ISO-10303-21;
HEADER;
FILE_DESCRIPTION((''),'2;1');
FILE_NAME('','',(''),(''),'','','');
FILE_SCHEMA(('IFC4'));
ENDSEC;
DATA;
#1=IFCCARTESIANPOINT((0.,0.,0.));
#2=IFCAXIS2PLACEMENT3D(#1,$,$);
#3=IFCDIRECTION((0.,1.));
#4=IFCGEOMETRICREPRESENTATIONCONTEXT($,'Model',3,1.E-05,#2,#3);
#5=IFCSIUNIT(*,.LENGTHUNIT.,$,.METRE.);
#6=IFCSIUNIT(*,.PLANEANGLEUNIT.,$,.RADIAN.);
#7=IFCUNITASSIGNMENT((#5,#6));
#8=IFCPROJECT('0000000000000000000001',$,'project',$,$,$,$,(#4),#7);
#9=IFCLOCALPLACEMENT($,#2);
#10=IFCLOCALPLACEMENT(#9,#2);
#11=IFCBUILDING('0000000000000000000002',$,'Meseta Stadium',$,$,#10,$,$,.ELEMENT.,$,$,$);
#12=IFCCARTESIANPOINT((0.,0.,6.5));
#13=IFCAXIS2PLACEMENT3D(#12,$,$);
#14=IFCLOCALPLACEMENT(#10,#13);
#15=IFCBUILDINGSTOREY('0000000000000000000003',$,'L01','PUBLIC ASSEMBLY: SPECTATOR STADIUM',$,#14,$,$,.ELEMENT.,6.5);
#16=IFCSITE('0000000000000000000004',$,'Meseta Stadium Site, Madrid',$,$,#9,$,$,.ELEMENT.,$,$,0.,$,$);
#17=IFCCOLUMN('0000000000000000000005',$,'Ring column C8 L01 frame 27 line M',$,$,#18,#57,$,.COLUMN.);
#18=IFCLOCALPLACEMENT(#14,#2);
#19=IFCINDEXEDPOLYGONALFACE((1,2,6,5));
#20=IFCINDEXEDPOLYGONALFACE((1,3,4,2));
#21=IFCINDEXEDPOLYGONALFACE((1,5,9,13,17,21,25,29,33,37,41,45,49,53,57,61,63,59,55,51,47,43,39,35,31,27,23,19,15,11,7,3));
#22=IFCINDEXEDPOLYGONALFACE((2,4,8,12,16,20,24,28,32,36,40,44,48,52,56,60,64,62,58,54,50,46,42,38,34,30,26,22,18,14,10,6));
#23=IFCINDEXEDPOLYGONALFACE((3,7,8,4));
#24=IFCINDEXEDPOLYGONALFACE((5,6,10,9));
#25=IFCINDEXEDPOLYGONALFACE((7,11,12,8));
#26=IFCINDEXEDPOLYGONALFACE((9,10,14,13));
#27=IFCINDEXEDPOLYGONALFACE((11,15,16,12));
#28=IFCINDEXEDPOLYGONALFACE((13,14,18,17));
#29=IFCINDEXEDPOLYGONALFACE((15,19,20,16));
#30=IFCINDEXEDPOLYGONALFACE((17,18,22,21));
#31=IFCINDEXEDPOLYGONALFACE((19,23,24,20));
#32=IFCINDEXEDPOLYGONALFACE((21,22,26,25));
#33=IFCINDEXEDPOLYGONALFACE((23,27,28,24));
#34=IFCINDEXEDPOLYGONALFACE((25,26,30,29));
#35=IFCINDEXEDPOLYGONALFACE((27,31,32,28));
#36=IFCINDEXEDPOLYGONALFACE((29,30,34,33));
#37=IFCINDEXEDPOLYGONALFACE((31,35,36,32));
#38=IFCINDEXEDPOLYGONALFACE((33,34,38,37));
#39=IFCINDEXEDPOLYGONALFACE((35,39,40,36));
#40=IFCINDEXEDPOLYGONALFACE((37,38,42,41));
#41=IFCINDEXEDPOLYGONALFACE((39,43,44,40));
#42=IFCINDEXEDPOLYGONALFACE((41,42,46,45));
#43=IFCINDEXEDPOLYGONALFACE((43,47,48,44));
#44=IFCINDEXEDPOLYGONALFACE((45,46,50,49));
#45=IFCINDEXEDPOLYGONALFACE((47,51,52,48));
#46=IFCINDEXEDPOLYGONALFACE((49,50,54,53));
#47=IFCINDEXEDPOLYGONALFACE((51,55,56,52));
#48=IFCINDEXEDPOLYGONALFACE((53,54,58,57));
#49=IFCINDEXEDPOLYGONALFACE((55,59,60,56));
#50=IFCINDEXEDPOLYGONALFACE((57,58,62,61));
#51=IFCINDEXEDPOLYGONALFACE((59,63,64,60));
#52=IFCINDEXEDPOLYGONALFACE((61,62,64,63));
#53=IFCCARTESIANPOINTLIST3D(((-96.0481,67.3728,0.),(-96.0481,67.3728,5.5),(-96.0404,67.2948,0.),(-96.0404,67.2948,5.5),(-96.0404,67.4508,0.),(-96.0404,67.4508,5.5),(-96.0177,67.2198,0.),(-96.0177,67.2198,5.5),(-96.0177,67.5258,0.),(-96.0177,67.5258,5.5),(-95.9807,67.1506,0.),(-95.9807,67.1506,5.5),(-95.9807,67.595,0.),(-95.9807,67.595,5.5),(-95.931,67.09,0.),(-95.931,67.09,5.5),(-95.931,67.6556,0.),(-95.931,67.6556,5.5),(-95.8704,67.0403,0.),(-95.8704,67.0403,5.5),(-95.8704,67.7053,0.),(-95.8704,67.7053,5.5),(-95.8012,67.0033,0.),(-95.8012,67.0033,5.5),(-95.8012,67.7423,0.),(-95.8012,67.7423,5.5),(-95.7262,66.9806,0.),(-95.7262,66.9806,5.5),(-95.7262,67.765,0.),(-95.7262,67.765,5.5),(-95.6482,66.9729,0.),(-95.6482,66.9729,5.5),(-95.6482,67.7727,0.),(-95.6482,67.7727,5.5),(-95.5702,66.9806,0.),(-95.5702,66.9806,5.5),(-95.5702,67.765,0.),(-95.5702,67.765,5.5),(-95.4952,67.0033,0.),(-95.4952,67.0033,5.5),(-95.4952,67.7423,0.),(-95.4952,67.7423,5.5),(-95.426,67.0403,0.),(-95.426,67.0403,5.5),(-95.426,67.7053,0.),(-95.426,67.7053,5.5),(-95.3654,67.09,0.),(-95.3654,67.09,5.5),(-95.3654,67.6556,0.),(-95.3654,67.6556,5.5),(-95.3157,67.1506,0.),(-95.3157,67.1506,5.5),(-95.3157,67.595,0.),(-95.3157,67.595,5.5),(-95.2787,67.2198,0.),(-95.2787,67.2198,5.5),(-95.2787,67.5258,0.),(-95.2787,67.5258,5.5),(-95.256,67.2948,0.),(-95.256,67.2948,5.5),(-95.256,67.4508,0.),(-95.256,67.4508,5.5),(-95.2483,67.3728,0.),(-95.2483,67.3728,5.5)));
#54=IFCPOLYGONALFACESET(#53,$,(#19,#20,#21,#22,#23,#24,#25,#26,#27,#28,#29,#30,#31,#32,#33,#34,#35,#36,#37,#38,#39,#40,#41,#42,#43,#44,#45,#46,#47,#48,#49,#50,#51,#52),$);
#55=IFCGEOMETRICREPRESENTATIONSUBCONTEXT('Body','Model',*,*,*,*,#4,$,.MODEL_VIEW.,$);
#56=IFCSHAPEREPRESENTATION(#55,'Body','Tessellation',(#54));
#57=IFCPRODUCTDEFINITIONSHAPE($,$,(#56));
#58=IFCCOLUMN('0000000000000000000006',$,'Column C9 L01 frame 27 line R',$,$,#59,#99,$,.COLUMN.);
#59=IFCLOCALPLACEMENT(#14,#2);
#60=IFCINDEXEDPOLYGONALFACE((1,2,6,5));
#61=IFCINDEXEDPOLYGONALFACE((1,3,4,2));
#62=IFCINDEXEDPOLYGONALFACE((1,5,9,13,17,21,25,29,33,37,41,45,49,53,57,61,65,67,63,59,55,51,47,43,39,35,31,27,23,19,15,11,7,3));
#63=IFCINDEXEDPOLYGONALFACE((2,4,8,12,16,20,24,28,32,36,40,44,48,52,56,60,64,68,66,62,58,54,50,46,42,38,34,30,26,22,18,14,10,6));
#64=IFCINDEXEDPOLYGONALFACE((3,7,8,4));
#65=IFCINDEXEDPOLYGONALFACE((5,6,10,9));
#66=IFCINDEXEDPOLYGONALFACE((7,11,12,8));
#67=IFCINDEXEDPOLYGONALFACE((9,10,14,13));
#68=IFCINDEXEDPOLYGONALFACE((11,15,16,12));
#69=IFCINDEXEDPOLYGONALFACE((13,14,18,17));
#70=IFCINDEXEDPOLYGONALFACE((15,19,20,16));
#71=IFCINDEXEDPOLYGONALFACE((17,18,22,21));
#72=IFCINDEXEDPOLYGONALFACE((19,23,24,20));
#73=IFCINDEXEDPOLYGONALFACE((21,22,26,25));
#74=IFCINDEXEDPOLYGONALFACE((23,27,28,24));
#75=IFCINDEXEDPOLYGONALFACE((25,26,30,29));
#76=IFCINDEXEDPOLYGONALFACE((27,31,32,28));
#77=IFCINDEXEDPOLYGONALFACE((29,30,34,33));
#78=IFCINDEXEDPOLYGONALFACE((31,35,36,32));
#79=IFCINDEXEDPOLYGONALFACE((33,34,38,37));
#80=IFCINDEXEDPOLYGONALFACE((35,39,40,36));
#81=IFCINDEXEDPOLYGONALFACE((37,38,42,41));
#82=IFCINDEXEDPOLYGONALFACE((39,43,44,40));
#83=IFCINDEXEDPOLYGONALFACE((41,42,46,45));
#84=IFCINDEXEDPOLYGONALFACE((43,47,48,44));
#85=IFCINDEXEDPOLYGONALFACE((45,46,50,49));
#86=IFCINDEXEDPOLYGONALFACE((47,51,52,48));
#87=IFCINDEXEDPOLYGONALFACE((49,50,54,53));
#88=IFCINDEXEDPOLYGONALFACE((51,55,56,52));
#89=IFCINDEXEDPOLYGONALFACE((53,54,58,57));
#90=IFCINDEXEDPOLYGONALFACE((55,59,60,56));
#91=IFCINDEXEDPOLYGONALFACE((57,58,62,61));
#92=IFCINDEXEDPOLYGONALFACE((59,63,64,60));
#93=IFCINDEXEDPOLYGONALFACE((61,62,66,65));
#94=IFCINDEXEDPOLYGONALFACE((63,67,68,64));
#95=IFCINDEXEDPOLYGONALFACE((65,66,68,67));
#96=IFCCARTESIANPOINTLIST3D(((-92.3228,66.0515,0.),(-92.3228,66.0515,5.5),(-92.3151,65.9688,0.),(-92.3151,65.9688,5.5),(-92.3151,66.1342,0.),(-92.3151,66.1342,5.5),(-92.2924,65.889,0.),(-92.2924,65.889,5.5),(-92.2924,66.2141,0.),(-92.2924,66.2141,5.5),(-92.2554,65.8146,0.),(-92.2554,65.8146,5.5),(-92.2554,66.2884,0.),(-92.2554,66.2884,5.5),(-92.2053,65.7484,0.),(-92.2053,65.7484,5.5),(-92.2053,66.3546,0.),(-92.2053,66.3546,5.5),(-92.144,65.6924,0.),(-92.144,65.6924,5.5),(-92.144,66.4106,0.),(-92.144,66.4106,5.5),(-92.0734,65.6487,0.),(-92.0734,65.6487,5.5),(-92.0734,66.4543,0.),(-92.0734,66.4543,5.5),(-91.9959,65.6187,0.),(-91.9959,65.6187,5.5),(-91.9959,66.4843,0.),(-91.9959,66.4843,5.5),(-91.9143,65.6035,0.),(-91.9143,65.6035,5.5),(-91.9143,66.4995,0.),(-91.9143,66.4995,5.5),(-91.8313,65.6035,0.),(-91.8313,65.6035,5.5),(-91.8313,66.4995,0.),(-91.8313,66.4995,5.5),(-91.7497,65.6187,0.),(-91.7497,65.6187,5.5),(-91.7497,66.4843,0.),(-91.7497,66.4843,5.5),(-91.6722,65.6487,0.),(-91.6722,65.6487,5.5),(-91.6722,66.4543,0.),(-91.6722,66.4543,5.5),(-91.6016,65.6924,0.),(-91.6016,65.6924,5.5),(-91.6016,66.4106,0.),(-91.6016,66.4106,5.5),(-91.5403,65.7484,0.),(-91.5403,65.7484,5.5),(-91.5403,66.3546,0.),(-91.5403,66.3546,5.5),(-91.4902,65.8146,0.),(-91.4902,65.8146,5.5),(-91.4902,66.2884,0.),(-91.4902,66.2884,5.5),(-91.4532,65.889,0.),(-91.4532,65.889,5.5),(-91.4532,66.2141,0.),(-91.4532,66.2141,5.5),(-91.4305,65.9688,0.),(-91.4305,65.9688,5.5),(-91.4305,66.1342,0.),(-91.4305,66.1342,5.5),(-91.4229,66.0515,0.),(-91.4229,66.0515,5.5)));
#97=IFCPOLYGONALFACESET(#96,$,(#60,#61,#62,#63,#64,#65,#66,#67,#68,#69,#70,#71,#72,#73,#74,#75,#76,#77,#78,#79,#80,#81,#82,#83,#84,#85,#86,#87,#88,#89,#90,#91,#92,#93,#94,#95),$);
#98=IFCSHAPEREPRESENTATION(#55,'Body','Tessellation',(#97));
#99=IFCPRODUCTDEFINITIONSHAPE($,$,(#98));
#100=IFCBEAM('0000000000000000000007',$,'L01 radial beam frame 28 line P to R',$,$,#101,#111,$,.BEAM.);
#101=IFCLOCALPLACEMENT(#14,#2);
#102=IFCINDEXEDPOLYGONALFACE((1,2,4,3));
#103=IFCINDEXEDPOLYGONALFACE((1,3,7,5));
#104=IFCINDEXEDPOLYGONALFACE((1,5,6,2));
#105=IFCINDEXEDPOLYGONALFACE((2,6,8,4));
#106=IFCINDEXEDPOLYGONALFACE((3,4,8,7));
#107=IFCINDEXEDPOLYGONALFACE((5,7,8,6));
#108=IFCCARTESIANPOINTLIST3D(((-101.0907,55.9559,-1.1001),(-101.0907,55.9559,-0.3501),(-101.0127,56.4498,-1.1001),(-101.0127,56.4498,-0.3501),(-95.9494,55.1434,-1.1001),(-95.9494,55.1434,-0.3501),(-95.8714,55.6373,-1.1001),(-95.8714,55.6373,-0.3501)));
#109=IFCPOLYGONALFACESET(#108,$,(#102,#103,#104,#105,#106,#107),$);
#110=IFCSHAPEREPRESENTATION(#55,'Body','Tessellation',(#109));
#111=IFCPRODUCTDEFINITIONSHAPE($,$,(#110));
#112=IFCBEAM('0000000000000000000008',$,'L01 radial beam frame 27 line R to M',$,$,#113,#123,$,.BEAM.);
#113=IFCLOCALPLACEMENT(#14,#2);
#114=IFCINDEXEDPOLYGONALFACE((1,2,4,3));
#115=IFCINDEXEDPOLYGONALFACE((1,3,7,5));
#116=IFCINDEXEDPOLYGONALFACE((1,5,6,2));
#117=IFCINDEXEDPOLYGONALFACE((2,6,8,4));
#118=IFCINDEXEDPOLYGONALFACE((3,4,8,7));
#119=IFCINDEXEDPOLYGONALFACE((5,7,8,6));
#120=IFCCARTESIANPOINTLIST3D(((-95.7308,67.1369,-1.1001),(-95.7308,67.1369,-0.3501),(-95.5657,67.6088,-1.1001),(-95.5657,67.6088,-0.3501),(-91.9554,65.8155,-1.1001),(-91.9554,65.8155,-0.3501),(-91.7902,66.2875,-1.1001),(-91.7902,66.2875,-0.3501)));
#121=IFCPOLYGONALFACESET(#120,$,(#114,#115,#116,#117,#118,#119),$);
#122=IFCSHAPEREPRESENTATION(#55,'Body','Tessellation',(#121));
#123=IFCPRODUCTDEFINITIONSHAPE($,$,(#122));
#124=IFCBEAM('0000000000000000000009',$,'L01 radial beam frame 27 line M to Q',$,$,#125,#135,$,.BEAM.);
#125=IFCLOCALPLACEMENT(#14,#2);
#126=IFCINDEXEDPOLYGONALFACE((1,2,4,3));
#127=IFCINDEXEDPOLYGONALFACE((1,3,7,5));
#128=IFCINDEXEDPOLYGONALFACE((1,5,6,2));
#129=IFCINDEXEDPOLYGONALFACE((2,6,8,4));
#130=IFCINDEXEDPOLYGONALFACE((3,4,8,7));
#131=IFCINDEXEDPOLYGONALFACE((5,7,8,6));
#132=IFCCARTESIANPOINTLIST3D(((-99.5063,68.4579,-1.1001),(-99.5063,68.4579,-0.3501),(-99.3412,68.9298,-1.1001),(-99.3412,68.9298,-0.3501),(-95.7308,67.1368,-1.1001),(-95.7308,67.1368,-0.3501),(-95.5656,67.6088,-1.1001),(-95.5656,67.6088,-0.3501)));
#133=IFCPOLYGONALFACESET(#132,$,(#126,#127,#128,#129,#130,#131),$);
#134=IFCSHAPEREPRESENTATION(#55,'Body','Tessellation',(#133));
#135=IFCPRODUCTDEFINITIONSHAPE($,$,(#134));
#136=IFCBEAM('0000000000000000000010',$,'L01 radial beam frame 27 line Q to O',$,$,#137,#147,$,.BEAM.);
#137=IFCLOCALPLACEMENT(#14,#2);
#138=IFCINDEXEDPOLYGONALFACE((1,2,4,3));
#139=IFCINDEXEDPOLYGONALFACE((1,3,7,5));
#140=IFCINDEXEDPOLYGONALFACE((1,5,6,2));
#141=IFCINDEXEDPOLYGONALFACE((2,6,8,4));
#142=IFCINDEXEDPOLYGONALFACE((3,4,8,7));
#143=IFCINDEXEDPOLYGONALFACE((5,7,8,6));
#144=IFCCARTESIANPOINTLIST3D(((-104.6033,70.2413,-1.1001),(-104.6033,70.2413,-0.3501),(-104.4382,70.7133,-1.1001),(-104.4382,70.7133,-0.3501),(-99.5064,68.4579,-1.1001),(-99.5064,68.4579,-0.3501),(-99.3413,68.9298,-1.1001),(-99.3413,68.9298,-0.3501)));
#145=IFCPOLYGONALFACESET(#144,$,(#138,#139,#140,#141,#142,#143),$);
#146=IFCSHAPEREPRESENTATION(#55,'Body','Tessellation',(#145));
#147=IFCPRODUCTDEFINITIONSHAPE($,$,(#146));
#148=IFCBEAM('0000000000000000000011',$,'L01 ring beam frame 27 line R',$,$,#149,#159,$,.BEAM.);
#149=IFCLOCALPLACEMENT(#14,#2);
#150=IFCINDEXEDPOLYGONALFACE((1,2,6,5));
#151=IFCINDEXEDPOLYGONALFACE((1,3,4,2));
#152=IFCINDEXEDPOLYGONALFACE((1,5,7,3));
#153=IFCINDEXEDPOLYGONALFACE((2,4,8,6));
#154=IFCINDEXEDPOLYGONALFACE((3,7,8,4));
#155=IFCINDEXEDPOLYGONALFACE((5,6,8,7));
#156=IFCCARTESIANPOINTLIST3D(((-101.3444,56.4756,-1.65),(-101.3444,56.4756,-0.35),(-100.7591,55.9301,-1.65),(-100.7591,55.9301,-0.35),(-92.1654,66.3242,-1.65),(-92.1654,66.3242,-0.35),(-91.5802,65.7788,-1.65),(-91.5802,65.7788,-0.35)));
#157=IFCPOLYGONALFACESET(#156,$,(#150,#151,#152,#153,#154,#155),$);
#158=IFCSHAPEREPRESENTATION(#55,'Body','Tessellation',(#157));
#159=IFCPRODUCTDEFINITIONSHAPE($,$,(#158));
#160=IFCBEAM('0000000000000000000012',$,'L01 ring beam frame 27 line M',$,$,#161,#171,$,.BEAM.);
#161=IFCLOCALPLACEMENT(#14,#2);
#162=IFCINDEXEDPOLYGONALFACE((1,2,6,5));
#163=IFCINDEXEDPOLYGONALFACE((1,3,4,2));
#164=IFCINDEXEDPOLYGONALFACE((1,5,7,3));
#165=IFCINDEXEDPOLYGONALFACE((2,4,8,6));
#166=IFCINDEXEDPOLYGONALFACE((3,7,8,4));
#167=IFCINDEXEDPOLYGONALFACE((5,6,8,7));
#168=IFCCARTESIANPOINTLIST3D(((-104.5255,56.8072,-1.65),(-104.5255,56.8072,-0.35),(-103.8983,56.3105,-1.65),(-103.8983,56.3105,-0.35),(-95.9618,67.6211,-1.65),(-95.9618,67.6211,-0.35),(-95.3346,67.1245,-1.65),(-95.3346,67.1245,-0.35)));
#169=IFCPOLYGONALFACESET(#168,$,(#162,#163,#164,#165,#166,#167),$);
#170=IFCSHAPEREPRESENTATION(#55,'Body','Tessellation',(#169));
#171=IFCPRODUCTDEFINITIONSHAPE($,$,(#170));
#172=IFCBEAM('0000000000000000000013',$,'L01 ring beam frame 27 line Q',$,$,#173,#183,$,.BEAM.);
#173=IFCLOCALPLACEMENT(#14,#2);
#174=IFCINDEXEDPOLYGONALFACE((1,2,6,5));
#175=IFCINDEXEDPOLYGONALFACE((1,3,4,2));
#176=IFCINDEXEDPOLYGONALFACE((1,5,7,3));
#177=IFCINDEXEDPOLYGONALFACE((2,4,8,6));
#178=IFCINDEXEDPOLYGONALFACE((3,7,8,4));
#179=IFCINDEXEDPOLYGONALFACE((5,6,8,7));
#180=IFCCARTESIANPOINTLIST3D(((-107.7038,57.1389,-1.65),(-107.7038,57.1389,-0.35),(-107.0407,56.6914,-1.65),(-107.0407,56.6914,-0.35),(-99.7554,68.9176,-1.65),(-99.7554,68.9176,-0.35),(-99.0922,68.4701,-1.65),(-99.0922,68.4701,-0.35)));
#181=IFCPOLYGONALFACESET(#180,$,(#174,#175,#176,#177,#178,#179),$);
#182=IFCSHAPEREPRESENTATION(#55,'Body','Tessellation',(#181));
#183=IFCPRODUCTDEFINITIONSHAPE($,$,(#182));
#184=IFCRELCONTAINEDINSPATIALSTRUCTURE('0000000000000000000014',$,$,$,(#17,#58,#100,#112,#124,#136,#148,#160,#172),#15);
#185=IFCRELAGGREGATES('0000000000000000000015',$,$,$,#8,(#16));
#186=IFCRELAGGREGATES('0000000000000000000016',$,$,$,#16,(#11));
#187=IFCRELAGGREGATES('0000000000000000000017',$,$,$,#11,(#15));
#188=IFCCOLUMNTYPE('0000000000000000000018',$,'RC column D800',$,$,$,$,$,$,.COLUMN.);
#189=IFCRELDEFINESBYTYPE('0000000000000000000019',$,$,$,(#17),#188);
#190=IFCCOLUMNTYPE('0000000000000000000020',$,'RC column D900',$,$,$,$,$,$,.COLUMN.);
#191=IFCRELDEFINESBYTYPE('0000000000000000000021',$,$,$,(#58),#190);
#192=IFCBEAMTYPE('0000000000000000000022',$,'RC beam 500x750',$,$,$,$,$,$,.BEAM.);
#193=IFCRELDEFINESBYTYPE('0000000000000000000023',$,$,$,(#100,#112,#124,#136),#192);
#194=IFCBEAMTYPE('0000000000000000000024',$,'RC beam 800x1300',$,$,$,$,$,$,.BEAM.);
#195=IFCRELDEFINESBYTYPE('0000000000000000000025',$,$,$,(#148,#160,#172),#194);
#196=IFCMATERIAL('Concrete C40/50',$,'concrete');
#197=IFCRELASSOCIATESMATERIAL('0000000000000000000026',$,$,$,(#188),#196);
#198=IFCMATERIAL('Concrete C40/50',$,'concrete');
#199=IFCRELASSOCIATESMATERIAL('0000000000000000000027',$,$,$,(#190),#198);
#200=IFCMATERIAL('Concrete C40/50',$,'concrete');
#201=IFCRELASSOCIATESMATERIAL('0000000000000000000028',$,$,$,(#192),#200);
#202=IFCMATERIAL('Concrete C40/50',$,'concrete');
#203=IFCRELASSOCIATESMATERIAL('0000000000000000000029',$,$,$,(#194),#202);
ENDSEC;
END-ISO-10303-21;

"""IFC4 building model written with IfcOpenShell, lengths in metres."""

from ifc_helpers import new_model, si_unit, direction, frame, origin, origin_2d, place, context, subcontext, project, spatial, rectangle, circle, extrude, material, material_profile, profile_set, type_object, element, save


model = new_model("IFC4")

# Units and contexts
model_context = context("Model", 3, precision=1e-05, world=origin(), true_north=direction((0.0, 1.0)))
body_context = subcontext(model_context, "Body", "Model", "MODEL_VIEW")
ifc_project = project(units=[si_unit("LENGTHUNIT", "METRE"), si_unit("PLANEANGLEUNIT", "RADIAN")], contexts=[model_context])

# Site, building, storey
site_placement = place(None, origin())
site = spatial("IfcSite", under=ifc_project, at=site_placement, Name="Meseta Stadium Site, Madrid", CompositionType="ELEMENT", RefElevation=0.0)
building_placement = place(site_placement, origin())
building = spatial("IfcBuilding", under=site, at=building_placement, Name="Meseta Stadium", CompositionType="ELEMENT")
storey_placement = place(building_placement, frame((0.0, 0.0, 6.5)))
storey = spatial("IfcBuildingStorey", under=building, at=storey_placement, Name="L01", Description="PUBLIC ASSEMBLY: SPECTATOR STADIUM", CompositionType="ELEMENT", Elevation=6.5)

# Columns
ifc_material_1 = material(Name="Concrete C40/50", Category="concrete")
ifc_material_profile_1 = material_profile(ifc_material_1, circle(Radius=0.3999, at=origin_2d()), Name="RC D800")
ifc_profile_set_1 = profile_set([ifc_material_profile_1], Name="Concrete C40/50")
column_type_1 = type_object("IfcColumnType", Name="RC column D800", PredefinedType="COLUMN", material=ifc_profile_set_1)
column_1_placement = place(storey_placement, frame((-95.6482, 67.3728, 0.0), z_axis=(0.0, 0.0, 1.0), x_axis=(1.0, 0.0, 0.0)))
element("IfcColumn", 1, at=column_1_placement, inside=storey, type_object=column_type_1, Name="Ring column C8 L01 frame 27 line M", PredefinedType="COLUMN", context=body_context, shape_type="SweptSolid", body=[
    extrude(circle(Radius=0.3999, at=origin_2d()), origin(), (0.0, 0.0, 1.0), 5.5),
])
ifc_material_2 = material(Name="Concrete C40/50", Category="concrete")
ifc_material_profile_2 = material_profile(ifc_material_2, circle(Radius=0.45, at=origin_2d()), Name="RC D900")
ifc_profile_set_2 = profile_set([ifc_material_profile_2], Name="Concrete C40/50")
column_type_2 = type_object("IfcColumnType", Name="RC column D900", PredefinedType="COLUMN", material=ifc_profile_set_2)
column_2_placement = place(storey_placement, frame((-91.8728, 66.0515, 0.0), z_axis=(0.0, 0.0, 1.0), x_axis=(1.0, 0.0, 0.0)))
element("IfcColumn", 2, at=column_2_placement, inside=storey, type_object=column_type_2, Name="Column C9 L01 frame 27 line R", PredefinedType="COLUMN", context=body_context, shape_type="SweptSolid", body=[
    extrude(circle(Radius=0.45, at=origin_2d()), origin(), (0.0, 0.0, 1.0), 5.5),
])

# Beams
ifc_material_3 = material(Name="Concrete C40/50", Category="concrete")
ifc_material_profile_3 = material_profile(ifc_material_3, rectangle(XDim=0.5, YDim=0.75, at=origin_2d()), Name="RC 500x750")
ifc_profile_set_3 = profile_set([ifc_material_profile_3], Name="Concrete C40/50")
beam_type_1 = type_object("IfcBeamType", Name="RC beam 500x750", PredefinedType="BEAM", material=ifc_profile_set_3)
beam_1_placement = place(storey_placement, frame((-95.9104, 55.3904, -0.7251), z_axis=(-0.987742, 0.156095, 0.0), x_axis=(-0.156095, -0.987742, 0.0)))
element("IfcBeam", 3, at=beam_1_placement, inside=storey, type_object=beam_type_1, Name="L01 radial beam frame 28 line P to R", PredefinedType="BEAM", context=body_context, shape_type="SweptSolid", body=[
    extrude(rectangle(XDim=0.5, YDim=0.75, at=origin_2d()), origin(), (0.0, 0.0, 1.0), 5.2051),
])
for number, where, z_axis, x_axis, name in (
    (4, (-91.8728, 66.0515, -0.7251), (-0.943866, 0.330329, 0.0), (-0.330329, -0.943866, 0.0), "L01 radial beam frame 27 line R to M"),
    (5, (-95.6482, 67.3728, -0.7251), (-0.943892, 0.330255, 0.0), (-0.330255, -0.943892, 0.0), "L01 radial beam frame 27 line M to Q"),
):
    element("IfcBeam", number, at=place(storey_placement, frame(where, z_axis=z_axis, x_axis=x_axis)), inside=storey, type_object=beam_type_1, Name=name, PredefinedType="BEAM", context=body_context, shape_type="SweptSolid", body=[
        extrude(rectangle(XDim=0.5, YDim=0.75, at=origin_2d()), origin(), (0.0, 0.0, 1.0), 4.0),
    ])
beam_2_placement = place(storey_placement, frame((-99.4238, 68.6938, -0.7251), z_axis=(-0.943886, 0.330272, 0.0), x_axis=(-0.330272, -0.943886, 0.0)))
element("IfcBeam", 6, at=beam_2_placement, inside=storey, type_object=beam_type_1, Name="L01 radial beam frame 27 line Q to O", PredefinedType="BEAM", context=body_context, shape_type="SweptSolid", body=[
    extrude(rectangle(XDim=0.5, YDim=0.75, at=origin_2d()), origin(), (0.0, 0.0, 1.0), 5.3999),
])
ifc_material_4 = material(Name="Concrete C40/50", Category="concrete")
ifc_material_profile_4 = material_profile(ifc_material_4, rectangle(XDim=0.8, YDim=1.3, at=origin_2d()), Name="RC 800x1300")
ifc_profile_set_4 = profile_set([ifc_material_profile_4], Name="Concrete C40/50")
beam_type_2 = type_object("IfcBeamType", Name="RC beam 800x1300", PredefinedType="BEAM", material=ifc_profile_set_4)
beam_3_placement = place(storey_placement, frame((-91.8728, 66.0515, -1.0), z_axis=(-0.681798, -0.731541, 0.0), x_axis=(0.731541, -0.681798, 0.0)))
element("IfcBeam", 7, at=beam_3_placement, inside=storey, type_object=beam_type_2, Name="L01 ring beam frame 27 line R", PredefinedType="BEAM", context=body_context, shape_type="SweptSolid", body=[
    extrude(rectangle(XDim=0.8, YDim=1.3, at=origin_2d()), origin(), (0.0, 0.0, 1.0), 13.4629),
])
beam_4_placement = place(storey_placement, frame((-95.6482, 67.3728, -1.0), z_axis=(-0.620822, -0.783952, 0.0), x_axis=(0.783952, -0.620822, 0.0)))
element("IfcBeam", 8, at=beam_4_placement, inside=storey, type_object=beam_type_2, Name="L01 ring beam frame 27 line M", PredefinedType="BEAM", context=body_context, shape_type="SweptSolid", body=[
    extrude(rectangle(XDim=0.8, YDim=1.3, at=origin_2d()), origin(), (0.0, 0.0, 1.0), 13.7942),
])
beam_5_placement = place(storey_placement, frame((-99.4238, 68.6938, -1.0), z_axis=(-0.559366, -0.828921, 0.0), x_axis=(0.828921, -0.559366, 0.0)))
element("IfcBeam", 9, at=beam_5_placement, inside=storey, type_object=beam_type_2, Name="L01 ring beam frame 27 line Q", PredefinedType="BEAM", context=body_context, shape_type="SweptSolid", body=[
    extrude(rectangle(XDim=0.8, YDim=1.3, at=origin_2d()), origin(), (0.0, 0.0, 1.0), 14.2097),
])

save(model, "model.ifc")
